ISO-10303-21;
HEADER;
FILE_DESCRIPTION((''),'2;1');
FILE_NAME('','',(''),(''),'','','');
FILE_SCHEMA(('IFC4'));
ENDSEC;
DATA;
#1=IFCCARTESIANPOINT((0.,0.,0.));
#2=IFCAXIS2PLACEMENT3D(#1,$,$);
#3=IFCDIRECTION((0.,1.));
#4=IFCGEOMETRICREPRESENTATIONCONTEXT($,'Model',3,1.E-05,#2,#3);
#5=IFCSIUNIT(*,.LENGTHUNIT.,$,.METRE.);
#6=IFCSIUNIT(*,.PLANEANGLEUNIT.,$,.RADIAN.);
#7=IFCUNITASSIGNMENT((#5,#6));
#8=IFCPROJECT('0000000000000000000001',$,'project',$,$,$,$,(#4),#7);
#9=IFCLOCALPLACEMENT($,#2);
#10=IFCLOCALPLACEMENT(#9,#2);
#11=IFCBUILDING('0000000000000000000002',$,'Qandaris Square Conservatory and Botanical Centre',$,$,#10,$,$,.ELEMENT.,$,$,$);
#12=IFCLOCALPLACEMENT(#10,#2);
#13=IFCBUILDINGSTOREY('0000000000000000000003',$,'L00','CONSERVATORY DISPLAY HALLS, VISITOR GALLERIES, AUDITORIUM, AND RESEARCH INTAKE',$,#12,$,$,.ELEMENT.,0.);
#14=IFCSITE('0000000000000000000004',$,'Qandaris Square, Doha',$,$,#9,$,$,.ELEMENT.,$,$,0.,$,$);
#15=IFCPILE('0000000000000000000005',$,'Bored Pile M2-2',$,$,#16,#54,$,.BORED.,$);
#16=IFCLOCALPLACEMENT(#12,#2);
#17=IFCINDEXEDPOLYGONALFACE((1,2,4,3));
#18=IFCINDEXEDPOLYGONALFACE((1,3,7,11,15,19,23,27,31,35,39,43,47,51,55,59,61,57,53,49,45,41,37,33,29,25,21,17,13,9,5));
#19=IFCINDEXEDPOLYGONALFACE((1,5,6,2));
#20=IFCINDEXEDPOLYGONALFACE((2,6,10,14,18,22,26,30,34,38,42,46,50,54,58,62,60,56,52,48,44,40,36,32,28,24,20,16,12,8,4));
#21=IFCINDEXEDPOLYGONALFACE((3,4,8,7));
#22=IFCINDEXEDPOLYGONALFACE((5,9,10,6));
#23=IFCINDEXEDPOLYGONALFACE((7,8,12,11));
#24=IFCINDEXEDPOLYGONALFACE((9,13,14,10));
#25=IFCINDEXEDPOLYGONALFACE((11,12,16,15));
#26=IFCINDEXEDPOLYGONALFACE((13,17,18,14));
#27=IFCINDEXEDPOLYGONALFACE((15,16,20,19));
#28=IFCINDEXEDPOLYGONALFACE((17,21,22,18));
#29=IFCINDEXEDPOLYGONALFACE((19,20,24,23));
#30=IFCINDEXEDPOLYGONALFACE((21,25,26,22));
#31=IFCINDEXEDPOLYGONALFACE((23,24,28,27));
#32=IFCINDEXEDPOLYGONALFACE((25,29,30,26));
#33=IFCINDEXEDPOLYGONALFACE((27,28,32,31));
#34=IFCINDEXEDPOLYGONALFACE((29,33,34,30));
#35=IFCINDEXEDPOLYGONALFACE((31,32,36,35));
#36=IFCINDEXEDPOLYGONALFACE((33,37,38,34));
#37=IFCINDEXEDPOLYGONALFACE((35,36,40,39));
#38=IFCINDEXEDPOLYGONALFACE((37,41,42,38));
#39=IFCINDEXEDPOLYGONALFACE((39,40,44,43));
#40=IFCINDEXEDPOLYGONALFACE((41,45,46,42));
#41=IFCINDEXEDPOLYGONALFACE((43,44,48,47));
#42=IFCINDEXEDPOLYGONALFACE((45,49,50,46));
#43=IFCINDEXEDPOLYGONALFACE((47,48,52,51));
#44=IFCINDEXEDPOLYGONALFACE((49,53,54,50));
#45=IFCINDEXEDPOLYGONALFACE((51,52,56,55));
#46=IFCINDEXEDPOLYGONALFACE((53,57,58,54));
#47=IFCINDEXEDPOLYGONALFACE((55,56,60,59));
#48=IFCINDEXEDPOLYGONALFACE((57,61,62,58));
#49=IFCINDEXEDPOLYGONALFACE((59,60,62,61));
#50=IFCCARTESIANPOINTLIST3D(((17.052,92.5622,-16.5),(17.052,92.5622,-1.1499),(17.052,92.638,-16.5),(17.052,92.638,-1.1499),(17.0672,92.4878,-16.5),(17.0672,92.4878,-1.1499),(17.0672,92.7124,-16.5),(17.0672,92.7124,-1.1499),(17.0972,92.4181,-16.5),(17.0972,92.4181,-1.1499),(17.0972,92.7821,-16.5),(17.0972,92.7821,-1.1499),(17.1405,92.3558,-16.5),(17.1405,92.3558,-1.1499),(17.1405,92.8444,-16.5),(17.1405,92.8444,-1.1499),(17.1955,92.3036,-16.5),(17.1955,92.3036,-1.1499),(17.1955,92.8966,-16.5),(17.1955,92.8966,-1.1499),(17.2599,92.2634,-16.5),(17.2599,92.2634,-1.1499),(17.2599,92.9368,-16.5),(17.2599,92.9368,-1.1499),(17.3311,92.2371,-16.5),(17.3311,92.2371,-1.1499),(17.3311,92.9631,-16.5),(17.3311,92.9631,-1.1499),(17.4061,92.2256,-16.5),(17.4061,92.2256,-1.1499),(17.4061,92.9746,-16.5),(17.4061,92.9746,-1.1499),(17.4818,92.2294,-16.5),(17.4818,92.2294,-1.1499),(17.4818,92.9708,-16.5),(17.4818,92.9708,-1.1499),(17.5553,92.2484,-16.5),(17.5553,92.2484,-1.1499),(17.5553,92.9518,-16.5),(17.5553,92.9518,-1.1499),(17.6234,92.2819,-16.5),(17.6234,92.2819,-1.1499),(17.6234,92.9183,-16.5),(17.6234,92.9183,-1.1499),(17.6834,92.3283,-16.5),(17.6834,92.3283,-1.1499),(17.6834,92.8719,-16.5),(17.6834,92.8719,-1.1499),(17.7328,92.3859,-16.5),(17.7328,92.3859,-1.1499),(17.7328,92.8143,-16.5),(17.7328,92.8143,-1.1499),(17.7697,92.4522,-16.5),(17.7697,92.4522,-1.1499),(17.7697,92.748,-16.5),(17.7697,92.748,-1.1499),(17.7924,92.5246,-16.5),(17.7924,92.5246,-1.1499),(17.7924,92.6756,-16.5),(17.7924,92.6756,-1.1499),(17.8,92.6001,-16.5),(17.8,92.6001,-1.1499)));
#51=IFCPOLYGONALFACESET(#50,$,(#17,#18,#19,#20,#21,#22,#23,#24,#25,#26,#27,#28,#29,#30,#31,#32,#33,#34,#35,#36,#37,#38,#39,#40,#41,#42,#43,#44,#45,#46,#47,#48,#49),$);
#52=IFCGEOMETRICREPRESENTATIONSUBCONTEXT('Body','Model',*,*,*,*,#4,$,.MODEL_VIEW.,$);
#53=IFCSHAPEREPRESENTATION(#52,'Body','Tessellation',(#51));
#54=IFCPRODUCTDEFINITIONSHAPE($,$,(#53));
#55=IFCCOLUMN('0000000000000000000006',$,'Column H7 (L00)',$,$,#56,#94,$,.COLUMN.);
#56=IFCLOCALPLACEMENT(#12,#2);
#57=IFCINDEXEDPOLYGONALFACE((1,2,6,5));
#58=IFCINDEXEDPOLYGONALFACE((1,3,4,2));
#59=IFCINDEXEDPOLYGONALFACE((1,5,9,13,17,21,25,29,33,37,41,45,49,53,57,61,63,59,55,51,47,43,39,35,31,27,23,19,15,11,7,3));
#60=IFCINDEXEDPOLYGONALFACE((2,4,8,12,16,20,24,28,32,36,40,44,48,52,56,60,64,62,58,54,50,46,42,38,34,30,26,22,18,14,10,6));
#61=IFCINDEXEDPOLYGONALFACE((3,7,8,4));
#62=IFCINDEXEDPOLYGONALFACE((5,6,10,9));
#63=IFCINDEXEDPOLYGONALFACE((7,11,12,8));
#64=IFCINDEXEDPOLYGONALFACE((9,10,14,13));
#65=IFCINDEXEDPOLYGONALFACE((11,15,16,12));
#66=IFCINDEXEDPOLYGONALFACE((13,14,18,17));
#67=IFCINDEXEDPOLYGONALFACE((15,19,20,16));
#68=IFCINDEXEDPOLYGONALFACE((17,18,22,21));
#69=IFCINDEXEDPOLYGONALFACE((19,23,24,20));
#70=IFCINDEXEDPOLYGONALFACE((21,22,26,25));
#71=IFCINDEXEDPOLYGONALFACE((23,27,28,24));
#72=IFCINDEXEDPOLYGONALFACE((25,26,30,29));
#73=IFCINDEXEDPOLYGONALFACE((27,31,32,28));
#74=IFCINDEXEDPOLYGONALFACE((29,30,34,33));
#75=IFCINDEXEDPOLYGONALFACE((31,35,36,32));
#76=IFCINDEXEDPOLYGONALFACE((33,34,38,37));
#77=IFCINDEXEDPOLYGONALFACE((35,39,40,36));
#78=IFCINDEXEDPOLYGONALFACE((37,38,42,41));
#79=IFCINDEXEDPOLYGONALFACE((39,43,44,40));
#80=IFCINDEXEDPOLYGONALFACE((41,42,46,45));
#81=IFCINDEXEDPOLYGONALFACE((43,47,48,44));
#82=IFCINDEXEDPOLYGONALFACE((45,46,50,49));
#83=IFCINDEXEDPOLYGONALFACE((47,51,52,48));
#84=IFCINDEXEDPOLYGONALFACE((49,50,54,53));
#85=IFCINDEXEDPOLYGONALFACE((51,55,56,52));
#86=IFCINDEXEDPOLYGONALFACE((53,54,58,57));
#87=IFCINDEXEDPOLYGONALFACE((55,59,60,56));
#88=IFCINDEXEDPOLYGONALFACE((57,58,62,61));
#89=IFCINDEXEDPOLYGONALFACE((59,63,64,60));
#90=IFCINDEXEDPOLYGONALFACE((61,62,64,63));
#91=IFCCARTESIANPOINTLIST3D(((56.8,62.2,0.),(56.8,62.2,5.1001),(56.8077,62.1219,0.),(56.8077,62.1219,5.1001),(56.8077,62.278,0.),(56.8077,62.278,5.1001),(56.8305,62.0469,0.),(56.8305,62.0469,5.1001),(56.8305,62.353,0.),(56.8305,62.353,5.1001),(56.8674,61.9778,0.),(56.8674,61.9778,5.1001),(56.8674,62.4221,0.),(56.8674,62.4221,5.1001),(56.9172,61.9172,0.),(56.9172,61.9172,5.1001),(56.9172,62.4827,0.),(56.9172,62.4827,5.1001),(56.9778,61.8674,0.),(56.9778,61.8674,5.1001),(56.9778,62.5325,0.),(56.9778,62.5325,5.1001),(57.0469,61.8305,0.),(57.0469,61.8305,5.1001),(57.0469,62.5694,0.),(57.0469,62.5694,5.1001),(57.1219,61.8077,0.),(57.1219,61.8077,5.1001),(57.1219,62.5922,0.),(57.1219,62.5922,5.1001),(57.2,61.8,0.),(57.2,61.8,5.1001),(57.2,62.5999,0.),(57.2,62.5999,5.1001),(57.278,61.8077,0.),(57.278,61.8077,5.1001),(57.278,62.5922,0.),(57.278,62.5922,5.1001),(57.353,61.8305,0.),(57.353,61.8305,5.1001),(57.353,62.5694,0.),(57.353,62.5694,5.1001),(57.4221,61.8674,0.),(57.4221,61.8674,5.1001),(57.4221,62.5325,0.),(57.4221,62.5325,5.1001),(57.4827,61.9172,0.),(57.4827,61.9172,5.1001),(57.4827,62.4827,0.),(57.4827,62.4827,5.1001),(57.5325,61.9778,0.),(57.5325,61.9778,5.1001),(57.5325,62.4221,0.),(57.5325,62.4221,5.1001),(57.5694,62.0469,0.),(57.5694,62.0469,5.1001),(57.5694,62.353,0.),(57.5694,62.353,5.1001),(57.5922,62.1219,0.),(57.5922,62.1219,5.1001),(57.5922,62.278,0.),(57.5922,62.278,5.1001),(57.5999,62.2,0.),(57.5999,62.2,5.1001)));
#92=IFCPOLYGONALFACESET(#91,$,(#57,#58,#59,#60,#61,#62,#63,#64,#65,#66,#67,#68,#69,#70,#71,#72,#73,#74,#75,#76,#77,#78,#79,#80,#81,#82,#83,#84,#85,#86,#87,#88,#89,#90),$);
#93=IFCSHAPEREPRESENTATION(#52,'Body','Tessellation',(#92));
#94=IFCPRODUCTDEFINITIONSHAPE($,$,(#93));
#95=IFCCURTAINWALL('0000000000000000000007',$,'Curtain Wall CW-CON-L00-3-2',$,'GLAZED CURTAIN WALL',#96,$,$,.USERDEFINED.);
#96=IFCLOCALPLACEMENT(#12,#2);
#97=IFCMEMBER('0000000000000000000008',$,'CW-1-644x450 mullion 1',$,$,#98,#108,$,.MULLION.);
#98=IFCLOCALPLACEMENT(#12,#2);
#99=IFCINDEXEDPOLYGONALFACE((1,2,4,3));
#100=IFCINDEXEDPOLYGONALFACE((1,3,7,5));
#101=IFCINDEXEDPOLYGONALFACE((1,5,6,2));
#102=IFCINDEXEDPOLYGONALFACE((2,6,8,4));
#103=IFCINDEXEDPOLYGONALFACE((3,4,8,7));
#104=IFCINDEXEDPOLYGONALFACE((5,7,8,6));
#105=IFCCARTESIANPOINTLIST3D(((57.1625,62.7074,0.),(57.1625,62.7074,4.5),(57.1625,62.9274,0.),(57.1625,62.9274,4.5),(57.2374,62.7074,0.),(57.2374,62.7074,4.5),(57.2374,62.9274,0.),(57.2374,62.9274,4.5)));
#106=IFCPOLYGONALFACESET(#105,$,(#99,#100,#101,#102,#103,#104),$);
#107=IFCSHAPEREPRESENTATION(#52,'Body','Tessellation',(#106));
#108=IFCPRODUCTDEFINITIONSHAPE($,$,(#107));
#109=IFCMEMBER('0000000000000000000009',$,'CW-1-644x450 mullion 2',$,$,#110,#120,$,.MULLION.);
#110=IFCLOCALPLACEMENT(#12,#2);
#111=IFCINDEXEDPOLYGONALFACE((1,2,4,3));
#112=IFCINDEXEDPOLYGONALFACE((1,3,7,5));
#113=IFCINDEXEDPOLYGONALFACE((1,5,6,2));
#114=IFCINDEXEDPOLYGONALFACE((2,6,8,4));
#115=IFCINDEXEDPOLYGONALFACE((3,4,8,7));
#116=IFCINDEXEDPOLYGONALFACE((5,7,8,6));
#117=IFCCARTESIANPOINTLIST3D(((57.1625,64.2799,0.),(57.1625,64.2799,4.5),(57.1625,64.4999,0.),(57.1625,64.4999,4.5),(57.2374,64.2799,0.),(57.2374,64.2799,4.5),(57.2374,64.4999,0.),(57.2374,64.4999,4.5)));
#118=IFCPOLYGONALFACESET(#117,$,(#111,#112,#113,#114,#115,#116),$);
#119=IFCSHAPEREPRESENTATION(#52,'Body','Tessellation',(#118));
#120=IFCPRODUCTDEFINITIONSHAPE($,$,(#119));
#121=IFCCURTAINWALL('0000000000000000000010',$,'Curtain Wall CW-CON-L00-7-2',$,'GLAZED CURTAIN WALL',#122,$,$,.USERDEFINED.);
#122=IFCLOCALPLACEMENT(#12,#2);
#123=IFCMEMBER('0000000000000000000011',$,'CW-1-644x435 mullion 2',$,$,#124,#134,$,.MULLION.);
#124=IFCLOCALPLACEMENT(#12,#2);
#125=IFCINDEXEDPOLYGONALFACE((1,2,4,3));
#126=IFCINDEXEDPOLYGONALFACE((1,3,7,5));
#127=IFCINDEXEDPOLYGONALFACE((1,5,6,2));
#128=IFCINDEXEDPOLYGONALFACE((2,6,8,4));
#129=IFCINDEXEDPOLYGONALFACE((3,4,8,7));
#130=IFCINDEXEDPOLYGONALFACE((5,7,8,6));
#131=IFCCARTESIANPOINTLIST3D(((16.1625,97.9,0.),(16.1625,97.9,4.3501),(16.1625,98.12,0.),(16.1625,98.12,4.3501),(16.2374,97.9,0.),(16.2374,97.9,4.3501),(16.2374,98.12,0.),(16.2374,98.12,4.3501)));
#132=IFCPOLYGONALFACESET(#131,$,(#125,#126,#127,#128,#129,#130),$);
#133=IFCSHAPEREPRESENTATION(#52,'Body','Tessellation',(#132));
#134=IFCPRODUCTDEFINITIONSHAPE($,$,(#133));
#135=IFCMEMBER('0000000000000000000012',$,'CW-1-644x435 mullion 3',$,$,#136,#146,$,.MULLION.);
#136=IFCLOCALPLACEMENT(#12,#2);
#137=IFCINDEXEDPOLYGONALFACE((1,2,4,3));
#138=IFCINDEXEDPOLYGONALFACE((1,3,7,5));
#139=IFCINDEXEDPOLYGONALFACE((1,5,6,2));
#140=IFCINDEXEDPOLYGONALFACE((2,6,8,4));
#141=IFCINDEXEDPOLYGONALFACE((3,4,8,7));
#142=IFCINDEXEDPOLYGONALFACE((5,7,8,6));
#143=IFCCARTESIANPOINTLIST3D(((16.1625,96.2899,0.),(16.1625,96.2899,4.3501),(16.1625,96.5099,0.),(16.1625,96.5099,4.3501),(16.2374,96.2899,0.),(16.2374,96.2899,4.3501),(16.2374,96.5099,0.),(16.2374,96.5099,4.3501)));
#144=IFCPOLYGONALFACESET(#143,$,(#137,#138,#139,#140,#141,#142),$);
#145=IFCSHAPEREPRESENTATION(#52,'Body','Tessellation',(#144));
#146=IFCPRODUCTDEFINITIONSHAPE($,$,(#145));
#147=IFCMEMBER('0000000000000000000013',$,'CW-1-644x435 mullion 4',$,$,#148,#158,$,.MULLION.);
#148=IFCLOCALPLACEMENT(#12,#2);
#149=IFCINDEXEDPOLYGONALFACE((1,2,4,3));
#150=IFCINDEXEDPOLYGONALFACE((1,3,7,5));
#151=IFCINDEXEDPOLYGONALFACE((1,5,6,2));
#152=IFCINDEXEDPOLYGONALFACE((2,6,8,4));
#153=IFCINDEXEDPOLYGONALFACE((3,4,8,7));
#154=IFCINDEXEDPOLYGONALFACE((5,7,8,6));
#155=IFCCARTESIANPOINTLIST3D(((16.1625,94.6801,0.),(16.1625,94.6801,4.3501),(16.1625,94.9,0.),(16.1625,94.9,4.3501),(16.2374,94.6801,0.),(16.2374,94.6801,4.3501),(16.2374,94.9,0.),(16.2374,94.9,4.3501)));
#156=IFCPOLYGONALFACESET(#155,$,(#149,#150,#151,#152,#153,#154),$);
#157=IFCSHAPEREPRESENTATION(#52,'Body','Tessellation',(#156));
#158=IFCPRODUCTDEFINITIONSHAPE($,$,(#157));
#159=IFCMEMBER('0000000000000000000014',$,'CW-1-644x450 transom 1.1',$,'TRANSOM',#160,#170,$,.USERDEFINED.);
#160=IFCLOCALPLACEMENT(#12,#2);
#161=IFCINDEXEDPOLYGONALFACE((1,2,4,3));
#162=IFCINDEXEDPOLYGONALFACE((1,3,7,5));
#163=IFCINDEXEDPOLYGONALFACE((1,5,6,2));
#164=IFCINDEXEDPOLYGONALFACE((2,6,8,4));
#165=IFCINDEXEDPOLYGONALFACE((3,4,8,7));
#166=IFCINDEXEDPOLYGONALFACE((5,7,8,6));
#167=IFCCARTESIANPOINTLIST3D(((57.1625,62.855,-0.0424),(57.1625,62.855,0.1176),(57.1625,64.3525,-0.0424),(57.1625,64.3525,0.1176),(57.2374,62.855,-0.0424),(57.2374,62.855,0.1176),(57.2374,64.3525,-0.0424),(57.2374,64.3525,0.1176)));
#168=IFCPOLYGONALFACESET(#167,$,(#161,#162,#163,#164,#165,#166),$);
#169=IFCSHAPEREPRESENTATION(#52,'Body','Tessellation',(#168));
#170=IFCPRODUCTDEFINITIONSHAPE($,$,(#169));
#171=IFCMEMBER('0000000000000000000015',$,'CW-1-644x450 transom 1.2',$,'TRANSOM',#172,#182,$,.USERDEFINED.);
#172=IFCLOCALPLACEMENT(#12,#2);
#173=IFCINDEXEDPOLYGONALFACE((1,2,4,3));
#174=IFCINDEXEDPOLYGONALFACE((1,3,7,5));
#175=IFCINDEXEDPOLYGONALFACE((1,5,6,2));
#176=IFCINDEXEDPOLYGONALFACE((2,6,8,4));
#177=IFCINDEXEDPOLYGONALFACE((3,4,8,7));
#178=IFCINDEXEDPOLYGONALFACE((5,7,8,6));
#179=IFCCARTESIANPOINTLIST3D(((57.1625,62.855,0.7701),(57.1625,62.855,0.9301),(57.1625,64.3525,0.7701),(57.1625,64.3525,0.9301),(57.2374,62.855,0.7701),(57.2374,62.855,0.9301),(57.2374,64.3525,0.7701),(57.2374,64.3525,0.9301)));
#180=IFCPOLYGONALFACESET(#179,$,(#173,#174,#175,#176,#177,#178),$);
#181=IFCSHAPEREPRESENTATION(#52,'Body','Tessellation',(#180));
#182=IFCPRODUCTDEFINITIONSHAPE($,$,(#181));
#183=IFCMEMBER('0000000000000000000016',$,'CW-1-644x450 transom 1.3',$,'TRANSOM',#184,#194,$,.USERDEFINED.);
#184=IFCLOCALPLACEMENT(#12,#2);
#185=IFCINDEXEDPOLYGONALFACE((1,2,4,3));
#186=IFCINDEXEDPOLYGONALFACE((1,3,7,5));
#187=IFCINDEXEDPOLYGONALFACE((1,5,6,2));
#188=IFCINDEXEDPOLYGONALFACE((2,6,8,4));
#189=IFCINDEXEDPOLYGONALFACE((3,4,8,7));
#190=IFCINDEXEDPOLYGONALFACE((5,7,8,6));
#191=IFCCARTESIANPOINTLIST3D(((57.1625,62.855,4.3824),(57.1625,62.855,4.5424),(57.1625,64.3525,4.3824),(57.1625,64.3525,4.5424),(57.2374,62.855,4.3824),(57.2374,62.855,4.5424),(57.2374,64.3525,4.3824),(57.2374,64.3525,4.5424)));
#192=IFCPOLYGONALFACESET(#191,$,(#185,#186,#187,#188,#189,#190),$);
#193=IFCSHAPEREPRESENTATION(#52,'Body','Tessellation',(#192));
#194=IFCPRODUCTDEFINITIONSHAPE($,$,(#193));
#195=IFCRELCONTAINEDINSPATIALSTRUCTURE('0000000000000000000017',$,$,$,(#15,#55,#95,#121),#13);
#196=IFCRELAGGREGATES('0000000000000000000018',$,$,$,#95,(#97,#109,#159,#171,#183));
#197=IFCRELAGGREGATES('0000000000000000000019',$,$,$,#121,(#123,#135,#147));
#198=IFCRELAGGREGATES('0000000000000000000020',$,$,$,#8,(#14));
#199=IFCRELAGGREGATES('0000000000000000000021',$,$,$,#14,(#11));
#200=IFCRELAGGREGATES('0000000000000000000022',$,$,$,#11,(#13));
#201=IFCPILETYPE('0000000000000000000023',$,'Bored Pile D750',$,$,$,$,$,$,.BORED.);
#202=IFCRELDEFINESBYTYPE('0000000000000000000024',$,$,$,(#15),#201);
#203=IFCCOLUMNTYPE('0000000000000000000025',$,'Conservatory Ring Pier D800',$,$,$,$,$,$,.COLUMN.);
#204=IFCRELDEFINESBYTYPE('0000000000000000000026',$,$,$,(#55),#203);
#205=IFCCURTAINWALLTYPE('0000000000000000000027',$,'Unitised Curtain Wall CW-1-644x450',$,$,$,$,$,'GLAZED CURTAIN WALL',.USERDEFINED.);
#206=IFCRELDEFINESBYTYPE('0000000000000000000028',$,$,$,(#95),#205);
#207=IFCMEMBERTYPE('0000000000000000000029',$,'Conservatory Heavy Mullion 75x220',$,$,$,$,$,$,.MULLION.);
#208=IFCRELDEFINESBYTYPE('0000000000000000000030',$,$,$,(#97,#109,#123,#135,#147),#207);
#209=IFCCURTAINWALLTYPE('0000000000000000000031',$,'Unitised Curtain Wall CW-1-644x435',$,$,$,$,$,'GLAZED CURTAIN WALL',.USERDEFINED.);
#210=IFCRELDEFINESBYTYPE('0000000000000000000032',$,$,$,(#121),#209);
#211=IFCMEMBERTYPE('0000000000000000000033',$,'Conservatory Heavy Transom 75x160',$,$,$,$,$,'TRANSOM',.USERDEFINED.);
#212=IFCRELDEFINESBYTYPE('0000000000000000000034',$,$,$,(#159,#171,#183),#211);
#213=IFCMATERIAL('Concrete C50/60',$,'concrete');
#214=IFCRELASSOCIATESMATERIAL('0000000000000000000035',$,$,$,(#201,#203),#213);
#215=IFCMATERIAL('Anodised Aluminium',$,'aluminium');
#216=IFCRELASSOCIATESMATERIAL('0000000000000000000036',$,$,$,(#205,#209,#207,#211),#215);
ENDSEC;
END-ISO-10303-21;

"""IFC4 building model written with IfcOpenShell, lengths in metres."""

from ifc_helpers import new_model, si_unit, direction, frame, origin, origin_2d, place, context, subcontext, project, spatial, rectangle, circle, extrude, material, material_profile, profile_set, type_object, element, aggregate, save


model = new_model("IFC4")

# Units and contexts
model_context = context("Model", 3, precision=1e-05, world=origin(), true_north=direction((0.0, 1.0)))
body_context = subcontext(model_context, "Body", "Model", "MODEL_VIEW")
ifc_project = project(units=[si_unit("LENGTHUNIT", "METRE"), si_unit("PLANEANGLEUNIT", "RADIAN")], contexts=[model_context])

# Site, building, storey
site_placement = place(None, origin())
site = spatial("IfcSite", under=ifc_project, at=site_placement, Name="Qandaris Square, Doha", CompositionType="ELEMENT", RefElevation=0.0)
building_placement = place(site_placement, origin())
building = spatial("IfcBuilding", under=site, at=building_placement, Name="Qandaris Square Conservatory and Botanical Centre", CompositionType="ELEMENT")
storey_placement = place(building_placement, origin())
storey = spatial("IfcBuildingStorey", under=building, at=storey_placement, Name="L00", Description="CONSERVATORY DISPLAY HALLS, VISITOR GALLERIES, AUDITORIUM, AND RESEARCH INTAKE", CompositionType="ELEMENT", Elevation=0.0)

# Pile
ifc_material_1 = material(Name="Concrete C50/60", Category="concrete")
ifc_material_profile_1 = material_profile(ifc_material_1, circle(Radius=0.375, at=origin_2d()), Name="PILE D750")
ifc_profile_set_1 = profile_set([ifc_material_profile_1], Name="Concrete C50/60")
pile_type = type_object("IfcPileType", Name="Bored Pile D750", PredefinedType="BORED", material=ifc_profile_set_1)
pile_1_placement = place(storey_placement, frame((17.425, 92.6001, -1.1499), z_axis=(0.0, 0.0, -1.0), x_axis=(1.0, 0.0, 0.0)))
element("IfcPile", 1, at=pile_1_placement, inside=storey, type_object=pile_type, Name="Bored Pile M2-2", PredefinedType="BORED", context=body_context, shape_type="SweptSolid", body=[
    extrude(circle(Radius=0.375, at=origin_2d()), origin(), (0.0, 0.0, 1.0), 15.3501),
])

# Column
ifc_material_profile_2 = material_profile(ifc_material_1, circle(Radius=0.3999, at=origin_2d()), Name="RC-COL D800")
ifc_profile_set_2 = profile_set([ifc_material_profile_2], Name="Concrete C50/60")
column_type = type_object("IfcColumnType", Name="Conservatory Ring Pier D800", PredefinedType="COLUMN", material=ifc_profile_set_2)
column_placement = place(storey_placement, frame((57.2, 62.2, 0.0), z_axis=(0.0, 0.0, 1.0), x_axis=(1.0, 0.0, 0.0)))
element("IfcColumn", 2, at=column_placement, inside=storey, type_object=column_type, Name="Column H7 (L00)", PredefinedType="COLUMN", context=body_context, shape_type="SweptSolid", body=[
    extrude(circle(Radius=0.3999, at=origin_2d()), origin(), (0.0, 0.0, 1.0), 5.1001),
])

# Curtain walls, members
ifc_material_2 = material(Name="Anodised Aluminium", Category="aluminium")
curtain_wall_type_1 = type_object("IfcCurtainWallType", Name="Unitised Curtain Wall CW-1-644x450", ElementType="GLAZED CURTAIN WALL", PredefinedType="USERDEFINED", material=ifc_material_2)
curtain_wall_1_placement = place(storey_placement, origin())
curtain_wall_1 = element("IfcCurtainWall", 3, at=curtain_wall_1_placement, inside=storey, type_object=curtain_wall_type_1, Name="Curtain Wall CW-CON-L00-3-2", ObjectType="GLAZED CURTAIN WALL", PredefinedType="USERDEFINED")
ifc_material_profile_3 = material_profile(ifc_material_2, rectangle(XDim=0.075, YDim=0.22, at=origin_2d()), Name="ALU-MUL 75x220")
ifc_profile_set_3 = profile_set([ifc_material_profile_3], Name="Anodised Aluminium")
member_type_1 = type_object("IfcMemberType", Name="Conservatory Heavy Mullion 75x220", PredefinedType="MULLION", material=ifc_profile_set_3)
member_1_placement = place(storey_placement, frame((57.2, 62.8174, 0.0), z_axis=(0.0, 0.0, 1.0), x_axis=(-1.0, 0.0, 0.0)))
member_1 = element("IfcMember", 4, at=member_1_placement, type_object=member_type_1, Name="CW-1-644x450 mullion 1", PredefinedType="MULLION", context=body_context, shape_type="SweptSolid", body=[
    extrude(rectangle(XDim=0.075, YDim=0.22, at=origin_2d()), origin(), (0.0, 0.0, 1.0), 4.5),
])
member_2_placement = place(storey_placement, frame((57.2, 64.3899, 0.0), z_axis=(0.0, 0.0, 1.0), x_axis=(-1.0, 0.0, 0.0)))
member_2 = element("IfcMember", 5, at=member_2_placement, type_object=member_type_1, Name="CW-1-644x450 mullion 2", PredefinedType="MULLION", context=body_context, shape_type="SweptSolid", body=[
    extrude(rectangle(XDim=0.075, YDim=0.22, at=origin_2d()), origin(), (0.0, 0.0, 1.0), 4.5),
])
curtain_wall_type_2 = type_object("IfcCurtainWallType", Name="Unitised Curtain Wall CW-1-644x435", ElementType="GLAZED CURTAIN WALL", PredefinedType="USERDEFINED", material=ifc_material_2)
curtain_wall_2_placement = place(storey_placement, origin())
curtain_wall_2 = element("IfcCurtainWall", 6, at=curtain_wall_2_placement, inside=storey, type_object=curtain_wall_type_2, Name="Curtain Wall CW-CON-L00-7-2", ObjectType="GLAZED CURTAIN WALL", PredefinedType="USERDEFINED")
member_3_placement = place(storey_placement, frame((16.2, 98.01, 0.0), z_axis=(0.0, 0.0, 1.0), x_axis=(1.0, 0.0, 0.0)))
member_3 = element("IfcMember", 7, at=member_3_placement, type_object=member_type_1, Name="CW-1-644x435 mullion 2", PredefinedType="MULLION", context=body_context, shape_type="SweptSolid", body=[
    extrude(rectangle(XDim=0.075, YDim=0.22, at=origin_2d()), origin(), (0.0, 0.0, 1.0), 4.3501),
])
member_4_placement = place(storey_placement, frame((16.2, 96.3999, 0.0), z_axis=(0.0, 0.0, 1.0), x_axis=(1.0, 0.0, 0.0)))
member_4 = element("IfcMember", 8, at=member_4_placement, type_object=member_type_1, Name="CW-1-644x435 mullion 3", PredefinedType="MULLION", context=body_context, shape_type="SweptSolid", body=[
    extrude(rectangle(XDim=0.075, YDim=0.22, at=origin_2d()), origin(), (0.0, 0.0, 1.0), 4.3501),
])
member_5_placement = place(storey_placement, frame((16.2, 94.79, 0.0), z_axis=(0.0, 0.0, 1.0), x_axis=(1.0, 0.0, 0.0)))
member_5 = element("IfcMember", 9, at=member_5_placement, type_object=member_type_1, Name="CW-1-644x435 mullion 4", PredefinedType="MULLION", context=body_context, shape_type="SweptSolid", body=[
    extrude(rectangle(XDim=0.075, YDim=0.22, at=origin_2d()), origin(), (0.0, 0.0, 1.0), 4.3501),
])

# Members
ifc_material_profile_4 = material_profile(ifc_material_2, rectangle(XDim=0.075, YDim=0.1599, at=origin_2d()), Name="ALU-TRN 75x160")
ifc_profile_set_4 = profile_set([ifc_material_profile_4], Name="Anodised Aluminium")
member_type_2 = type_object("IfcMemberType", Name="Conservatory Heavy Transom 75x160", ElementType="TRANSOM", PredefinedType="USERDEFINED", material=ifc_profile_set_4)
member_6_placement = place(storey_placement, frame((57.2, 62.855, 0.0376), z_axis=(0.0, 1.0, 0.0), x_axis=(-1.0, 0.0, 0.0)))
member_6 = element("IfcMember", 10, at=member_6_placement, type_object=member_type_2, Name="CW-1-644x450 transom 1.1", ObjectType="TRANSOM", PredefinedType="USERDEFINED", context=body_context, shape_type="SweptSolid", body=[
    extrude(rectangle(XDim=0.075, YDim=0.1599, at=origin_2d()), origin(), (0.0, 0.0, 1.0), 1.4976),
])
member_7_placement = place(storey_placement, frame((57.2, 62.855, 0.8501), z_axis=(0.0, 1.0, 0.0), x_axis=(-1.0, 0.0, 0.0)))
member_7 = element("IfcMember", 11, at=member_7_placement, type_object=member_type_2, Name="CW-1-644x450 transom 1.2", ObjectType="TRANSOM", PredefinedType="USERDEFINED", context=body_context, shape_type="SweptSolid", body=[
    extrude(rectangle(XDim=0.075, YDim=0.1599, at=origin_2d()), origin(), (0.0, 0.0, 1.0), 1.4976),
])
member_8_placement = place(storey_placement, frame((57.2, 62.855, 4.4624), z_axis=(0.0, 1.0, 0.0), x_axis=(-1.0, 0.0, 0.0)))
member_8 = element("IfcMember", 12, at=member_8_placement, type_object=member_type_2, Name="CW-1-644x450 transom 1.3", ObjectType="TRANSOM", PredefinedType="USERDEFINED", context=body_context, shape_type="SweptSolid", body=[
    extrude(rectangle(XDim=0.075, YDim=0.1599, at=origin_2d()), origin(), (0.0, 0.0, 1.0), 1.4976),
])

aggregate(curtain_wall_1, [member_1, member_2, member_6, member_7, member_8])
aggregate(curtain_wall_2, [member_3, member_4, member_5])

save(model, "model.ifc")
